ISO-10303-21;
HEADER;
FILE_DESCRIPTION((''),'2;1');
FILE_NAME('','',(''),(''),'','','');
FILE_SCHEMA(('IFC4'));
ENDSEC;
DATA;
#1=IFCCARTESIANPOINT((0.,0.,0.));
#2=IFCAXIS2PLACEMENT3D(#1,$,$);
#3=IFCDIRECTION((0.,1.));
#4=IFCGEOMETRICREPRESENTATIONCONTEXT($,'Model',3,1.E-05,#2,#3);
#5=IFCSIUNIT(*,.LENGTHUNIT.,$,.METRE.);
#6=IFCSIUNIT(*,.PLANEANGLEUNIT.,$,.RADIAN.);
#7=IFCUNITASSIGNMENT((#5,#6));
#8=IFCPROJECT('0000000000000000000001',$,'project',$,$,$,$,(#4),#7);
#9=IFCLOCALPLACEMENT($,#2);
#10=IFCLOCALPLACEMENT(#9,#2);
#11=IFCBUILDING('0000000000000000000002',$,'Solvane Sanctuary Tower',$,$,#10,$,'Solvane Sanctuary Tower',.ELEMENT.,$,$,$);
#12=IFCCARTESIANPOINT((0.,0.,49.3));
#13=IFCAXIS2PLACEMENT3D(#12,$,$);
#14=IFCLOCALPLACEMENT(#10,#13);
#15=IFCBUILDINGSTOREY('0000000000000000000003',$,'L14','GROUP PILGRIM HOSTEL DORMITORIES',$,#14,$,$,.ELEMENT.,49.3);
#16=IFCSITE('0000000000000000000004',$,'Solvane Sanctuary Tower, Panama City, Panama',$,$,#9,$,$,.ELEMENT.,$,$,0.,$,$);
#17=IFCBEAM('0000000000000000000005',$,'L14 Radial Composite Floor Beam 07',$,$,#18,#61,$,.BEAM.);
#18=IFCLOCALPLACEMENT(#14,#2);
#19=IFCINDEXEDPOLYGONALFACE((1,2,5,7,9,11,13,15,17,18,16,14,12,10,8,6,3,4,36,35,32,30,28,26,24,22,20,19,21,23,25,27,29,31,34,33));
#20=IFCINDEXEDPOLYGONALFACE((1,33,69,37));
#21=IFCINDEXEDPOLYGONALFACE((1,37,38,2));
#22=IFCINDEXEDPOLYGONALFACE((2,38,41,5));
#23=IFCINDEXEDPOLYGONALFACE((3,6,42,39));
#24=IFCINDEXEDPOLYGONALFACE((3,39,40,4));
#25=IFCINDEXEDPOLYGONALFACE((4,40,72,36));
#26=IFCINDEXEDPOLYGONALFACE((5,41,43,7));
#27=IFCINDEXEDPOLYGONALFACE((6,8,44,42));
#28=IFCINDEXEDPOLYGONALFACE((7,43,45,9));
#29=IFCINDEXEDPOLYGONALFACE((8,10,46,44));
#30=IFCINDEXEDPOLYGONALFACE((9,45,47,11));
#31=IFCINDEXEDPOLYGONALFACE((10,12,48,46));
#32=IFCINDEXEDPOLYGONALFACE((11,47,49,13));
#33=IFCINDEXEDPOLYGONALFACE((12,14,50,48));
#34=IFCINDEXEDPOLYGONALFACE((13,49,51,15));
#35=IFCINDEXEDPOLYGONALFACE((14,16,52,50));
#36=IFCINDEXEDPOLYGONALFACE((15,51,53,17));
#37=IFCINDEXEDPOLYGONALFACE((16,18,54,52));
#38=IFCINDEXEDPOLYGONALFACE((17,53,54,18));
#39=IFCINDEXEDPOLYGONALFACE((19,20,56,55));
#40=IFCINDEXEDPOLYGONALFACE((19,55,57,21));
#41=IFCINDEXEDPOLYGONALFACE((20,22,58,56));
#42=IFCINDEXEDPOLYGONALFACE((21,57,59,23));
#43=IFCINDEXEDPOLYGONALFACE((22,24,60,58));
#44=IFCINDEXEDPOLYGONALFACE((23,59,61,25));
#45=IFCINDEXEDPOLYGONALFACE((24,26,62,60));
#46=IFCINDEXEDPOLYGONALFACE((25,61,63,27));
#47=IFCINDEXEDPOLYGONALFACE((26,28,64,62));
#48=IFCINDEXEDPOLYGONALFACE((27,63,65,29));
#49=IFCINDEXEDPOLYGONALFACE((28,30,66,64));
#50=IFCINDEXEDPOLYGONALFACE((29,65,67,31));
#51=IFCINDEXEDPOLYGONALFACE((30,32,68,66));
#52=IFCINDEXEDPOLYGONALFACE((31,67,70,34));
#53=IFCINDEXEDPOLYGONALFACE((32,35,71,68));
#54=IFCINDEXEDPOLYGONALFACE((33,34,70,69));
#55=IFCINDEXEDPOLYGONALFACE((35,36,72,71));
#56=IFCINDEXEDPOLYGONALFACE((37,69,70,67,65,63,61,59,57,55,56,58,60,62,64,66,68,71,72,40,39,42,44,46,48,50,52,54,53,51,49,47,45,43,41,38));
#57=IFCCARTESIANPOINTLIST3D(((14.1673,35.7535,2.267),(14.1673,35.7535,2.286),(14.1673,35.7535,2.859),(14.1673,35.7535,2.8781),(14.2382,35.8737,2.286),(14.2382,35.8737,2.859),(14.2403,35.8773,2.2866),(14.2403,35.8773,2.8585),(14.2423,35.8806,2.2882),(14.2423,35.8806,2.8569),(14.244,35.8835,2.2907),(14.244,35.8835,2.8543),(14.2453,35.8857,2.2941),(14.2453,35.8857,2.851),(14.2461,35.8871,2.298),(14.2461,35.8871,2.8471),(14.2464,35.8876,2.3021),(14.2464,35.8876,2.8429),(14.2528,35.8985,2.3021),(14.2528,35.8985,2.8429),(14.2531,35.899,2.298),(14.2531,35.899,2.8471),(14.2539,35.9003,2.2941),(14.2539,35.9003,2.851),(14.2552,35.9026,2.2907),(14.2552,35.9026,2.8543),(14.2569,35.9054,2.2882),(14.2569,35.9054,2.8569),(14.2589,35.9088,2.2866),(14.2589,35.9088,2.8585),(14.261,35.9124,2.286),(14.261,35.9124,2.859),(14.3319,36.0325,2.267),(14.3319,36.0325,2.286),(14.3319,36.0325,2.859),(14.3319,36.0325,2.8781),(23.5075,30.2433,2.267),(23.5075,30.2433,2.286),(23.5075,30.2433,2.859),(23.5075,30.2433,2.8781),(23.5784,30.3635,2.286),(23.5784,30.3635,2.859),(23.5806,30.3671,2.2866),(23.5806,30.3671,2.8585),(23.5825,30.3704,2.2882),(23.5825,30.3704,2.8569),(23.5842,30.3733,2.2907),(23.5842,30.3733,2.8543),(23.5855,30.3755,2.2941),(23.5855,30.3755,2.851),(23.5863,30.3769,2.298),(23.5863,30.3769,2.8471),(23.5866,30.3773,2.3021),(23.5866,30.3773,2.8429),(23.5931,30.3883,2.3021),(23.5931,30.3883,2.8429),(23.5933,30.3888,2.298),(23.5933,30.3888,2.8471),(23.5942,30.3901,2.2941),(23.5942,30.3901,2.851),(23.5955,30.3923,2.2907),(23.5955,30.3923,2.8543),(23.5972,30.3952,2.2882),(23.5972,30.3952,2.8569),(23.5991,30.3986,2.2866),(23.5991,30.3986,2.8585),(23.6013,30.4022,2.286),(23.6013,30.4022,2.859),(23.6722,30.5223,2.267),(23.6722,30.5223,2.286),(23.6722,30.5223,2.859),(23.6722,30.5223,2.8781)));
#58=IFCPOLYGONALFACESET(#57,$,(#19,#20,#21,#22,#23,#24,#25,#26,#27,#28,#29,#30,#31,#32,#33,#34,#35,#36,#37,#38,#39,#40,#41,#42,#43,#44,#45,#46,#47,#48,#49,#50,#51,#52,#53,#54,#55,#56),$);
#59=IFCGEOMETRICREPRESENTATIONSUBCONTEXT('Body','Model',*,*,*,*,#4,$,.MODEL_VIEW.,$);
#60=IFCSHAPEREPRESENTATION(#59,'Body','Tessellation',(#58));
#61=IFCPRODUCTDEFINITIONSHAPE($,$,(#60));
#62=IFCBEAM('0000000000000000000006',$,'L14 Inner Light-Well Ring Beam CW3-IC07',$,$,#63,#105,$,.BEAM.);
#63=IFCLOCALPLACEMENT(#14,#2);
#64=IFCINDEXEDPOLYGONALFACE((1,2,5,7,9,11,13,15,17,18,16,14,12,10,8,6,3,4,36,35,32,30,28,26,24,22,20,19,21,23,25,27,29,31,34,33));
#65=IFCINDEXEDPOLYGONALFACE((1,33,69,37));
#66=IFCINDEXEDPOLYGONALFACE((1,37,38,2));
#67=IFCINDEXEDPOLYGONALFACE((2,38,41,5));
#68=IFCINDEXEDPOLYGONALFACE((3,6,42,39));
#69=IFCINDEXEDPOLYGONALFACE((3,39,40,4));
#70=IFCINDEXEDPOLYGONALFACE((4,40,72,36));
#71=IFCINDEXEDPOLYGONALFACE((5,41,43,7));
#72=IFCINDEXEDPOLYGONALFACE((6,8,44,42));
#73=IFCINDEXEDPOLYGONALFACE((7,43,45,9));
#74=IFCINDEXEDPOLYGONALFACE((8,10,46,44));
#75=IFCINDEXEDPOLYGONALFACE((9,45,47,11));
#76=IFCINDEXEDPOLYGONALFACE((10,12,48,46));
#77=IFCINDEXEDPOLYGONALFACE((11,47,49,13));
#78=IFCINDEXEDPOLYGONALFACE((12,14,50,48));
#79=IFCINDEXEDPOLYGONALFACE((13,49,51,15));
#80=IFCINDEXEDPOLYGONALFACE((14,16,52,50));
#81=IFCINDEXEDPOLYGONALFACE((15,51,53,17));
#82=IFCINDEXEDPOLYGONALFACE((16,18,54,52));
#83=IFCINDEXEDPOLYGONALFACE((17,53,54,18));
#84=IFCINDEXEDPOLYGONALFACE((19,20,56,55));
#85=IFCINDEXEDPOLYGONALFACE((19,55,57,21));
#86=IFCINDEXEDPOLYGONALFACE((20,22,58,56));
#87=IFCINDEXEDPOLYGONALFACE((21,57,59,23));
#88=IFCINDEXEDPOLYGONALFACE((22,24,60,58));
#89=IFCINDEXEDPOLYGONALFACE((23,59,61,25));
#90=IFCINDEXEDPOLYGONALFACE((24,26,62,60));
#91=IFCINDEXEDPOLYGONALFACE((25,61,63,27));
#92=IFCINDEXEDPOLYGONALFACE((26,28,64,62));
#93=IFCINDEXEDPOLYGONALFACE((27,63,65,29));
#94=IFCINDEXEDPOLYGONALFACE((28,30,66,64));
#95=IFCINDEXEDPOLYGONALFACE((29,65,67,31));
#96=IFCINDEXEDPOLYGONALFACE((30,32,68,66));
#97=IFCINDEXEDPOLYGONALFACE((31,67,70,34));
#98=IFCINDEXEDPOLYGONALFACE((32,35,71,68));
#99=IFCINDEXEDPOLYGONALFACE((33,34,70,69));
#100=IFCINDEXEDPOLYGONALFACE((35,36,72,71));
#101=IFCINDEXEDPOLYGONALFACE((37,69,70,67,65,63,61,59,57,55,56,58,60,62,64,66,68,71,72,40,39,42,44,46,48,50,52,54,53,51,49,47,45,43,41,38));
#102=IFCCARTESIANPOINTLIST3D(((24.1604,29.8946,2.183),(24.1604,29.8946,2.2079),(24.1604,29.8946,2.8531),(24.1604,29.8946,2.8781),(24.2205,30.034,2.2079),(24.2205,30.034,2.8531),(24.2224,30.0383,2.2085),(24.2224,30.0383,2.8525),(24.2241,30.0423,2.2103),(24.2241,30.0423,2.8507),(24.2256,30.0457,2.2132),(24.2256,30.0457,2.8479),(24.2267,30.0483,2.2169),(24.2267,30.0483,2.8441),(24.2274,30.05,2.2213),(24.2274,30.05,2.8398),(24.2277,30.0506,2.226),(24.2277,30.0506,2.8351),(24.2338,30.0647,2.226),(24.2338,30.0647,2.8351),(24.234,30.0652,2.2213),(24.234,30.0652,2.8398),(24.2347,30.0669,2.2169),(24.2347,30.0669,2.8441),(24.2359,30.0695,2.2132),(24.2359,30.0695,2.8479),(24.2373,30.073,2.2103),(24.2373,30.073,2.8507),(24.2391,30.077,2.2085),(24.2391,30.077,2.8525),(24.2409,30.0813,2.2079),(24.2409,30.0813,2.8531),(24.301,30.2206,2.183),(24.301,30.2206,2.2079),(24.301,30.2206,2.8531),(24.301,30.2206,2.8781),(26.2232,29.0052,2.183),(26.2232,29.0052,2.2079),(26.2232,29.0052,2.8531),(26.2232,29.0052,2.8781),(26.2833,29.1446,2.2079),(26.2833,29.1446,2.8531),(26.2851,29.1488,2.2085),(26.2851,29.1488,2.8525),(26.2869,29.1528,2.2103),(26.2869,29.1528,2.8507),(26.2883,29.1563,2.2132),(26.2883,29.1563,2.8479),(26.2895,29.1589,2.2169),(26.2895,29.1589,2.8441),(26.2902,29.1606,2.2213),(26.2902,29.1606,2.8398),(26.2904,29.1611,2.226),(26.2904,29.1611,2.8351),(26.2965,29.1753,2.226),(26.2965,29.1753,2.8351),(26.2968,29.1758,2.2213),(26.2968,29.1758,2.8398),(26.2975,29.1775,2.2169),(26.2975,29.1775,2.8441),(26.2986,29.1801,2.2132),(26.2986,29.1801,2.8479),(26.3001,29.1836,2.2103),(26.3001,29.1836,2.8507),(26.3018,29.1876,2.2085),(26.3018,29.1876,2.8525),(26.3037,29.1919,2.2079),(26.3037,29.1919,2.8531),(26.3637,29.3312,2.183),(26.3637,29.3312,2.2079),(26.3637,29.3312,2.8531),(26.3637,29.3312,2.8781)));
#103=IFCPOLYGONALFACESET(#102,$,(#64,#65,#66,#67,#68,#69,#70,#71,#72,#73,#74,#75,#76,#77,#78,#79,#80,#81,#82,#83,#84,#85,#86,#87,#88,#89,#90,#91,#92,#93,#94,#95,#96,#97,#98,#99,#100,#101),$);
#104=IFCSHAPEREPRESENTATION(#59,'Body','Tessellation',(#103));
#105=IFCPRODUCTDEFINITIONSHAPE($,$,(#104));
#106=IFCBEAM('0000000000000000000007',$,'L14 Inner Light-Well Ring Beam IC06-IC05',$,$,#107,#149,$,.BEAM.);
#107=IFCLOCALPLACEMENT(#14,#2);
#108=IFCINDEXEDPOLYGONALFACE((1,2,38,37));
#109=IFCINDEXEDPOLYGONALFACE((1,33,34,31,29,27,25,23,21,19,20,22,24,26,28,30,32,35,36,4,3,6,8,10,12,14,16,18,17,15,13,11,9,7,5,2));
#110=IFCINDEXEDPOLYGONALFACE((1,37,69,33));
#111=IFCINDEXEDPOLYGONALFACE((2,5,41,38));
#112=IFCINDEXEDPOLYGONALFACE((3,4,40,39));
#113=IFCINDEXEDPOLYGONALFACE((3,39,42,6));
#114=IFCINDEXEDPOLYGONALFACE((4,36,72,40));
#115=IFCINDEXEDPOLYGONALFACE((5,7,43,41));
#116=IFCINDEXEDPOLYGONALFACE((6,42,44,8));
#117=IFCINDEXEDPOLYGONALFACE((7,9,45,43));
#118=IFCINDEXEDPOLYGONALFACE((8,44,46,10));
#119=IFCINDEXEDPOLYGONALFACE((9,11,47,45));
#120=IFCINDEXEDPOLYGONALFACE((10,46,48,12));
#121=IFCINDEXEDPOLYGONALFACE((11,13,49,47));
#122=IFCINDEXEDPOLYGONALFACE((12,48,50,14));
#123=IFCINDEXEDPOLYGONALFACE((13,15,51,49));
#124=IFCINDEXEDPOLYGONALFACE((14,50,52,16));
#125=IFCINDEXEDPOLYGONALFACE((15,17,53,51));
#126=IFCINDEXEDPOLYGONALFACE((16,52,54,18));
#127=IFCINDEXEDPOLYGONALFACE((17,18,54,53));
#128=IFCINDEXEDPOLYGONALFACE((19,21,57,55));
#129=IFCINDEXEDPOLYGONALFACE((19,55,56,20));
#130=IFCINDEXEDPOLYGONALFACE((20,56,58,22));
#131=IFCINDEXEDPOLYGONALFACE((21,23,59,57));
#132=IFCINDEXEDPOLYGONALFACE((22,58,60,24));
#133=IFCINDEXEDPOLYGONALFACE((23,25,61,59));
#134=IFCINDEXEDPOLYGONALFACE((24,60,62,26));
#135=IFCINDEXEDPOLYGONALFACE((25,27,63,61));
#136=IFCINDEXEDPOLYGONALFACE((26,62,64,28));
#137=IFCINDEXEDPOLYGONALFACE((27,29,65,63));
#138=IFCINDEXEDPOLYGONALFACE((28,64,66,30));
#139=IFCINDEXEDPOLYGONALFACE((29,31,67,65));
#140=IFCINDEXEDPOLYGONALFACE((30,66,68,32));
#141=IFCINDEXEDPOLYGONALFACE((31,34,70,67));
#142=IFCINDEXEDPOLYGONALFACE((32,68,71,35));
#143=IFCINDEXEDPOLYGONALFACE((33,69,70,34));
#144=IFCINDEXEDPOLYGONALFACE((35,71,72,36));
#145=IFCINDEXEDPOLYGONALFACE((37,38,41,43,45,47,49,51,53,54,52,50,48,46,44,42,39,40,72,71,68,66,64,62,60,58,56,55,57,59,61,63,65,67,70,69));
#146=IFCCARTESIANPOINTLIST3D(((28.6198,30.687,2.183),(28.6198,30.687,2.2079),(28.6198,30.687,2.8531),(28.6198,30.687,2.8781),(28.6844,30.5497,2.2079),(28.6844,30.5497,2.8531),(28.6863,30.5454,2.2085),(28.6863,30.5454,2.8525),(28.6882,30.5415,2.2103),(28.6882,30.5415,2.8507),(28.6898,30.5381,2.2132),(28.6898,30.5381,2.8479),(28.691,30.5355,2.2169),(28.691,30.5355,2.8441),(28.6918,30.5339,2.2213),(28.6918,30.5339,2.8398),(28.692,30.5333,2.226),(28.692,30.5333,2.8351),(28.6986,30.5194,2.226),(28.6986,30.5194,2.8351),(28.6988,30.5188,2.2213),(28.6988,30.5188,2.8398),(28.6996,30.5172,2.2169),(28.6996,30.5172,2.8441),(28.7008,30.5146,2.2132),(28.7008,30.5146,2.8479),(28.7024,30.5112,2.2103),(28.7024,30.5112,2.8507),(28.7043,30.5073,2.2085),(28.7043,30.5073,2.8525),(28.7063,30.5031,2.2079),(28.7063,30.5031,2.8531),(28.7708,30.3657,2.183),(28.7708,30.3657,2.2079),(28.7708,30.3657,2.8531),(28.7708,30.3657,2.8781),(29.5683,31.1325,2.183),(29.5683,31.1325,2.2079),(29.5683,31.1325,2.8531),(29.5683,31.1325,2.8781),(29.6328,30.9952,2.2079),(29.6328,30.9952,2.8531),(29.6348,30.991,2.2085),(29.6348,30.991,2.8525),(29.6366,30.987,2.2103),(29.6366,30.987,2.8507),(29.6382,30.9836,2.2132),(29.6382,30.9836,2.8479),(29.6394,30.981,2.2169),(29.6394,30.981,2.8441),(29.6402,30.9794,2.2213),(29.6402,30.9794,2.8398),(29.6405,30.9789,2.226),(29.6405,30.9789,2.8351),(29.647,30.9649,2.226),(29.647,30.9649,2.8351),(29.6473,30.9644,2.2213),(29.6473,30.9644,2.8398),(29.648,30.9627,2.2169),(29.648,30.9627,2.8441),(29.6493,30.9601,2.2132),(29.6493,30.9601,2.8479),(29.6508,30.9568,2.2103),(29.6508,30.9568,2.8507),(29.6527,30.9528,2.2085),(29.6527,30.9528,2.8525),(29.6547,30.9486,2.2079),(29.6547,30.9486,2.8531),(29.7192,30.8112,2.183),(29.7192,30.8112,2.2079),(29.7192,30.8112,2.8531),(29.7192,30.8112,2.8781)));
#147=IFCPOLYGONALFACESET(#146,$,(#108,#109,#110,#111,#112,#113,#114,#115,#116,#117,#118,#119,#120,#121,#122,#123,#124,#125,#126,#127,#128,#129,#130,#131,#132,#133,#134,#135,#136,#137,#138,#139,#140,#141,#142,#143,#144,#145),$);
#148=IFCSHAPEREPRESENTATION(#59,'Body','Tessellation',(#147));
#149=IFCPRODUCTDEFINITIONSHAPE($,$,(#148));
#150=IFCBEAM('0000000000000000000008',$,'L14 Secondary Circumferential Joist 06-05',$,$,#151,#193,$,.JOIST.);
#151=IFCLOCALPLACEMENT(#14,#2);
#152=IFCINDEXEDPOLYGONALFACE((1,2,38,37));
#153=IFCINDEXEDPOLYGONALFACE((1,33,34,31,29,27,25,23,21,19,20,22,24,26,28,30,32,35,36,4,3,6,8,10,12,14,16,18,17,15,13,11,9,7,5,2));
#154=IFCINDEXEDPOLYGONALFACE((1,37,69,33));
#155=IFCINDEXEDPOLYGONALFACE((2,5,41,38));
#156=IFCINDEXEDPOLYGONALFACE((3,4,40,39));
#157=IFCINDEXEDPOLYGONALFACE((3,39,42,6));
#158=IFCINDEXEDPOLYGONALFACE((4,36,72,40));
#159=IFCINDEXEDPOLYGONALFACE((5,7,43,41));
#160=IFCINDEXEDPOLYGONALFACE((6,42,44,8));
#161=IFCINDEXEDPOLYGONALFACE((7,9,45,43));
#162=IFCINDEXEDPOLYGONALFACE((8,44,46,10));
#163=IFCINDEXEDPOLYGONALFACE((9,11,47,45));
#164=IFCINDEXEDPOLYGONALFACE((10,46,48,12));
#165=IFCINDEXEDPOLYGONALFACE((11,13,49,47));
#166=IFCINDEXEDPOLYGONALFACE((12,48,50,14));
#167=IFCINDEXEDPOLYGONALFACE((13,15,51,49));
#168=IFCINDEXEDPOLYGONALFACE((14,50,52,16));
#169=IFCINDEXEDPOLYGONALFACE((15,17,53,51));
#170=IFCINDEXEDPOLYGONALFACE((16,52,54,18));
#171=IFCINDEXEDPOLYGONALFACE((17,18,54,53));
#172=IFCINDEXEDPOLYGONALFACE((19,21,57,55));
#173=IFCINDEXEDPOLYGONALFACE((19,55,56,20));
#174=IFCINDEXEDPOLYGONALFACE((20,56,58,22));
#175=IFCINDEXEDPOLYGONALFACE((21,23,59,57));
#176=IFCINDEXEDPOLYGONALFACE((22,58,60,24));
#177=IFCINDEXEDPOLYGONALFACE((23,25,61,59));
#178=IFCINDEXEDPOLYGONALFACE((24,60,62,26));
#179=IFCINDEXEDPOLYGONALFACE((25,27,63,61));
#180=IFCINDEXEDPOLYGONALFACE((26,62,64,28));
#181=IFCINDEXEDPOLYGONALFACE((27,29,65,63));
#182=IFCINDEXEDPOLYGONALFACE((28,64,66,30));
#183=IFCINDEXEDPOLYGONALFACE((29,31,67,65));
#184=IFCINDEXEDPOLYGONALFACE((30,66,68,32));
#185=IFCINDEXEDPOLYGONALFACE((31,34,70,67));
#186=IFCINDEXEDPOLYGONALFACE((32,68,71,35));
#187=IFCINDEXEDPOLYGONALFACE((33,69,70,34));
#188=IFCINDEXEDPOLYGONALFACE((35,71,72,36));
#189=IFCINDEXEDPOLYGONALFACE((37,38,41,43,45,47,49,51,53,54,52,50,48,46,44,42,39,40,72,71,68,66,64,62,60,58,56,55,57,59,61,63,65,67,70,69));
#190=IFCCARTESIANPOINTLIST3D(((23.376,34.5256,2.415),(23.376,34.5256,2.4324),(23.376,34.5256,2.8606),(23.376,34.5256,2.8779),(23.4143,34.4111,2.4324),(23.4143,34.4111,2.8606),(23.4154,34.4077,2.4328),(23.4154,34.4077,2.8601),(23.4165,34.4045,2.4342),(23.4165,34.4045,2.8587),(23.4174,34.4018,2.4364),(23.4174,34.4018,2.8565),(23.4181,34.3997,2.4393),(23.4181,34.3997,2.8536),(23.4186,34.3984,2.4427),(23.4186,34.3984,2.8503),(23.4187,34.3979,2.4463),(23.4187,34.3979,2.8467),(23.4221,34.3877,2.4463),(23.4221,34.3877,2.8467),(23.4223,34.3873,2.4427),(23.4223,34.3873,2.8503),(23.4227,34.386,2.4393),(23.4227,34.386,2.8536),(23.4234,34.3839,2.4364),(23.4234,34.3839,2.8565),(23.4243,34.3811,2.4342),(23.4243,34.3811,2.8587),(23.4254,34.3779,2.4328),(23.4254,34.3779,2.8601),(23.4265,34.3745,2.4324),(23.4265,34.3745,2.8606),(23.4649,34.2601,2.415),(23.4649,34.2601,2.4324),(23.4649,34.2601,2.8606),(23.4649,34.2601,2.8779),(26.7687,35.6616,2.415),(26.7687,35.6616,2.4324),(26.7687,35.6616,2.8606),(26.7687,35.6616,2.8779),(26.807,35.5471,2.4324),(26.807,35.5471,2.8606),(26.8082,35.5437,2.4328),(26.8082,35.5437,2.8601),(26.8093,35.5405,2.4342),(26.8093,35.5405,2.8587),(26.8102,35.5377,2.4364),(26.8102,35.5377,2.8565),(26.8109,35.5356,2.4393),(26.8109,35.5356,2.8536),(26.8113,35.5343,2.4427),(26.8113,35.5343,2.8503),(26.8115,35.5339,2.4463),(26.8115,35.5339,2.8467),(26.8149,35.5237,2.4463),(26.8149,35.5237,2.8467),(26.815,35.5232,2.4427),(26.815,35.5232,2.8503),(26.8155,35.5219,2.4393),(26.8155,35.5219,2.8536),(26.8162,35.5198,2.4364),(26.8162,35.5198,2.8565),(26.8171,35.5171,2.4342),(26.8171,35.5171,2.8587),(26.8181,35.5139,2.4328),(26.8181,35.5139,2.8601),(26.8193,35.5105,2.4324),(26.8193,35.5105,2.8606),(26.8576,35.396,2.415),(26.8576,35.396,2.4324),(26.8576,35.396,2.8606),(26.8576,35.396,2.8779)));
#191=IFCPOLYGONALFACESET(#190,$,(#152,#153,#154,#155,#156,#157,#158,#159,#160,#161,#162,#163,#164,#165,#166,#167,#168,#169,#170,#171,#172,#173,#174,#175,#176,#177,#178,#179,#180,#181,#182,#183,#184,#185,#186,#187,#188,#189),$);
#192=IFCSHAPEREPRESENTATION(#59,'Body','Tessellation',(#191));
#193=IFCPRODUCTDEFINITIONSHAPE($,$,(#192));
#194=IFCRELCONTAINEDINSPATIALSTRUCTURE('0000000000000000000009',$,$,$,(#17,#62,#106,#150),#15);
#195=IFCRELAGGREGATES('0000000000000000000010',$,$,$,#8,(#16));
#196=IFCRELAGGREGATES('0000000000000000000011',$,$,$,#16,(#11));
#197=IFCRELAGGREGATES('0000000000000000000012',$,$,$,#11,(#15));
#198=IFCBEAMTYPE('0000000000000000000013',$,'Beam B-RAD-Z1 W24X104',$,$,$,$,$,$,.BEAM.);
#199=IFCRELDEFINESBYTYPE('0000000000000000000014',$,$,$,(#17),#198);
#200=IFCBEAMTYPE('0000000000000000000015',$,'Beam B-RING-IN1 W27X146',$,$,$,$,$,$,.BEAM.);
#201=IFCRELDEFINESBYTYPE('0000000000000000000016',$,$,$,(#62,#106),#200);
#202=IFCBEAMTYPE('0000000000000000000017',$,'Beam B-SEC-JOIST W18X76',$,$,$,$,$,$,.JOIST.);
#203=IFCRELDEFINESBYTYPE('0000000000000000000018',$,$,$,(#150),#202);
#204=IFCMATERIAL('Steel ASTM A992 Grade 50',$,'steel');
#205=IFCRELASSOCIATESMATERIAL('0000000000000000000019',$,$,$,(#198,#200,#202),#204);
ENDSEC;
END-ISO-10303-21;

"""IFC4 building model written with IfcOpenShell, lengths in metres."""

from ifc_helpers import new_model, si_unit, direction, frame, origin, origin_2d, place, context, subcontext, project, spatial, i_section, extrude, material, material_profile, profile_set, type_object, element, save


model = new_model("IFC4")

# Units and contexts
model_context = context("Model", 3, precision=1e-05, world=origin(), true_north=direction((0.0, 1.0)))
body_context = subcontext(model_context, "Body", "Model", "MODEL_VIEW")
ifc_project = project(units=[si_unit("LENGTHUNIT", "METRE"), si_unit("PLANEANGLEUNIT", "RADIAN")], contexts=[model_context])

# Site, building, storey
site_placement = place(None, origin())
site = spatial("IfcSite", under=ifc_project, at=site_placement, Name="Solvane Sanctuary Tower, Panama City, Panama", CompositionType="ELEMENT", RefElevation=0.0)
building_placement = place(site_placement, origin())
building = spatial("IfcBuilding", under=site, at=building_placement, Name="Solvane Sanctuary Tower", LongName="Solvane Sanctuary Tower", CompositionType="ELEMENT")
storey_placement = place(building_placement, frame((0.0, 0.0, 49.3)))
storey = spatial("IfcBuildingStorey", under=building, at=storey_placement, Name="L14", Description="GROUP PILGRIM HOSTEL DORMITORIES", CompositionType="ELEMENT", Elevation=49.3)

# Beams
ifc_material_1 = material(Name="Steel ASTM A992 Grade 50", Category="steel")
ifc_material_profile_1 = material_profile(ifc_material_1, i_section(OverallWidth=0.324, OverallDepth=0.6111, WebThickness=0.0127, FlangeThickness=0.019, FilletRadius=0.0161, at=origin_2d()), Name="W24X104")
ifc_profile_set_1 = profile_set([ifc_material_profile_1], Name="Steel ASTM A992 Grade 50")
beam_type_1 = type_object("IfcBeamType", Name="Beam B-RAD-Z1 W24X104", PredefinedType="BEAM", material=ifc_profile_set_1)
beam_1_placement = place(storey_placement, frame((23.5898, 30.3828, 2.5725), z_axis=(-0.861291, 0.508112, 0.0), x_axis=(-0.508112, -0.861291, 0.0)))
element("IfcBeam", 1, at=beam_1_placement, inside=storey, type_object=beam_type_1, Name="L14 Radial Composite Floor Beam 07", PredefinedType="BEAM", context=body_context, shape_type="SweptSolid", body=[
    extrude(i_section(OverallWidth=0.324, OverallDepth=0.6111, WebThickness=0.0127, FlangeThickness=0.019, FilletRadius=0.0161, at=origin_2d()), origin(), (0.0, 0.0, 1.0), 10.8445),
])
ifc_material_profile_2 = material_profile(ifc_material_1, i_section(OverallWidth=0.355, OverallDepth=0.6951, WebThickness=0.0154, FlangeThickness=0.0249, FilletRadius=0.0181, at=origin_2d()), Name="W27X146")
ifc_profile_set_2 = profile_set([ifc_material_profile_2], Name="Steel ASTM A992 Grade 50")
beam_type_2 = type_object("IfcBeamType", Name="Beam B-RING-IN1 W27X146", PredefinedType="BEAM", material=ifc_profile_set_2)
beam_2_placement = place(storey_placement, frame((24.2307, 30.0576, 2.5305), z_axis=(0.918277, -0.395938, 0.0), x_axis=(0.395938, 0.918277, 0.0)))
element("IfcBeam", 2, at=beam_2_placement, inside=storey, type_object=beam_type_2, Name="L14 Inner Light-Well Ring Beam CW3-IC07", PredefinedType="BEAM", context=body_context, shape_type="SweptSolid", body=[
    extrude(i_section(OverallWidth=0.355, OverallDepth=0.6951, WebThickness=0.0154, FlangeThickness=0.0249, FilletRadius=0.0181, at=origin_2d()), origin(), (0.0, 0.0, 1.0), 2.2463),
])
beam_3_placement = place(storey_placement, frame((28.6953, 30.5264, 2.5305), z_axis=(0.905109, 0.42518, 0.0), x_axis=(-0.42518, 0.905109, 0.0)))
element("IfcBeam", 3, at=beam_3_placement, inside=storey, type_object=beam_type_2, Name="L14 Inner Light-Well Ring Beam IC06-IC05", PredefinedType="BEAM", context=body_context, shape_type="SweptSolid", body=[
    extrude(i_section(OverallWidth=0.355, OverallDepth=0.6951, WebThickness=0.0154, FlangeThickness=0.0249, FilletRadius=0.0181, at=origin_2d()), origin(), (0.0, 0.0, 1.0), 1.0479),
])
ifc_material_profile_3 = material_profile(ifc_material_1, i_section(OverallWidth=0.28, OverallDepth=0.4629, WebThickness=0.0107, FlangeThickness=0.0173, FilletRadius=0.0139, at=origin_2d()), Name="W18X76")
ifc_profile_set_3 = profile_set([ifc_material_profile_3], Name="Steel ASTM A992 Grade 50")
beam_type_3 = type_object("IfcBeamType", Name="Beam B-SEC-JOIST W18X76", PredefinedType="JOIST", material=ifc_profile_set_3)
beam_4_placement = place(storey_placement, frame((23.4204, 34.3928, 2.6465), z_axis=(0.948259, 0.317497, 0.0), x_axis=(-0.317497, 0.948259, 0.0)))
element("IfcBeam", 4, at=beam_4_placement, inside=storey, type_object=beam_type_3, Name="L14 Secondary Circumferential Joist 06-05", PredefinedType="JOIST", context=body_context, shape_type="SweptSolid", body=[
    extrude(i_section(OverallWidth=0.28, OverallDepth=0.4629, WebThickness=0.0107, FlangeThickness=0.0173, FilletRadius=0.0139, at=origin_2d()), origin(), (0.0, 0.0, 1.0), 3.5779),
])

save(model, "model.ifc")
